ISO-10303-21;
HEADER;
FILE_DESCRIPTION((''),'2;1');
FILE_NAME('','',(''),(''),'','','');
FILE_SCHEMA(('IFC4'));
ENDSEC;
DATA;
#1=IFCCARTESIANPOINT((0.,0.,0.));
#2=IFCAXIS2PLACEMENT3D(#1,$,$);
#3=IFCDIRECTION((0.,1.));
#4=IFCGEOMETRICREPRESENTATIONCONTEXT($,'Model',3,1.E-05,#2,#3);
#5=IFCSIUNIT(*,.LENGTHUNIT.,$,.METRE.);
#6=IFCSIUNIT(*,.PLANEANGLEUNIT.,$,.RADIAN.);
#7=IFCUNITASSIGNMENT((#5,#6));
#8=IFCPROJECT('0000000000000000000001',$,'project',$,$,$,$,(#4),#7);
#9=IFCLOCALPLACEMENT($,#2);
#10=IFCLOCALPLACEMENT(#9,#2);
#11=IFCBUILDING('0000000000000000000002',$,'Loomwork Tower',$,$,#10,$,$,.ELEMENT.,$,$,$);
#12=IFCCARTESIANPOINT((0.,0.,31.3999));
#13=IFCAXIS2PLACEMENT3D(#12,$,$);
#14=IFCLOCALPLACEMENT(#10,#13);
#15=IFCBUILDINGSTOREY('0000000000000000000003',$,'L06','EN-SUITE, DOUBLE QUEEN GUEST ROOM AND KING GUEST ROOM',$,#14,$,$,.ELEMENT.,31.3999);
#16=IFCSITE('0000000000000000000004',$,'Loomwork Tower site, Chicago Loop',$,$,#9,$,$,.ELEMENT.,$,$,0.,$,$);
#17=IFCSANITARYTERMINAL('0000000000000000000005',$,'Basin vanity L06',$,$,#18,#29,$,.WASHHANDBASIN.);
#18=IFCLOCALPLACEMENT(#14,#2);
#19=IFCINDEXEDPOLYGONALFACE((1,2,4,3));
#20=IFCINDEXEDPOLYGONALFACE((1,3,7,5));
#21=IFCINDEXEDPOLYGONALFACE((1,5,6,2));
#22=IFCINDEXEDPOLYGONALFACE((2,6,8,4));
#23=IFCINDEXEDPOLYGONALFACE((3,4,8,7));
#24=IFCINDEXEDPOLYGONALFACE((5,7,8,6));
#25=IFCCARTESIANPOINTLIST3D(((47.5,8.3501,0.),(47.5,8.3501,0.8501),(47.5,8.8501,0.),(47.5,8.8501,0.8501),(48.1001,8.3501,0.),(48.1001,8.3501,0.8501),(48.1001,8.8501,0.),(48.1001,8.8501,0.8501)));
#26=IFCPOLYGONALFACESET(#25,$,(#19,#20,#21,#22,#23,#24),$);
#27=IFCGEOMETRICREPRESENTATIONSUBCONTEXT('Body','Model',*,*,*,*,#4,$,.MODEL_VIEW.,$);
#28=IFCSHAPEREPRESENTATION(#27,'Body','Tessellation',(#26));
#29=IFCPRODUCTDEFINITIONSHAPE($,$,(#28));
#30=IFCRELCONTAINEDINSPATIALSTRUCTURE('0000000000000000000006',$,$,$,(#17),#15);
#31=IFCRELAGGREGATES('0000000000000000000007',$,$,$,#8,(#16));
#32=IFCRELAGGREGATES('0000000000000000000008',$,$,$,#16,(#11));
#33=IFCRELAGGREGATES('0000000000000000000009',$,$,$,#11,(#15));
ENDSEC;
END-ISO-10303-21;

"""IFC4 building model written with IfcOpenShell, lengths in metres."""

from ifc_helpers import new_model, si_unit, direction, frame, origin, origin_2d, place, context, subcontext, project, spatial, rectangle, extrude, element, save


model = new_model("IFC4")

# Units and contexts
model_context = context("Model", 3, precision=1e-05, world=origin(), true_north=direction((0.0, 1.0)))
body_context = subcontext(model_context, "Body", "Model", "MODEL_VIEW")
ifc_project = project(units=[si_unit("LENGTHUNIT", "METRE"), si_unit("PLANEANGLEUNIT", "RADIAN")], contexts=[model_context])

# Site, building, storey
site_placement = place(None, origin())
site = spatial("IfcSite", under=ifc_project, at=site_placement, Name="Loomwork Tower site, Chicago Loop", CompositionType="ELEMENT", RefElevation=0.0)
building_placement = place(site_placement, origin())
building = spatial("IfcBuilding", under=site, at=building_placement, Name="Loomwork Tower", CompositionType="ELEMENT")
storey_placement = place(building_placement, frame((0.0, 0.0, 31.3999)))
storey = spatial("IfcBuildingStorey", under=building, at=storey_placement, Name="L06", Description="EN-SUITE, DOUBLE QUEEN GUEST ROOM AND KING GUEST ROOM", CompositionType="ELEMENT", Elevation=31.3999)

# Sanitary terminal
sanitary_terminal_1_placement = place(storey_placement, frame((47.8, 8.6001, 0.0), z_axis=(0.0, 0.0, 1.0), x_axis=(1.0, 0.0, 0.0)))
element("IfcSanitaryTerminal", 1, at=sanitary_terminal_1_placement, inside=storey, Name="Basin vanity L06", PredefinedType="WASHHANDBASIN", context=body_context, shape_type="SweptSolid", body=[
    extrude(rectangle(XDim=0.6001, YDim=0.5, at=origin_2d()), origin(), (0.0, 0.0, 1.0), 0.8501),
])

save(model, "model.ifc")
